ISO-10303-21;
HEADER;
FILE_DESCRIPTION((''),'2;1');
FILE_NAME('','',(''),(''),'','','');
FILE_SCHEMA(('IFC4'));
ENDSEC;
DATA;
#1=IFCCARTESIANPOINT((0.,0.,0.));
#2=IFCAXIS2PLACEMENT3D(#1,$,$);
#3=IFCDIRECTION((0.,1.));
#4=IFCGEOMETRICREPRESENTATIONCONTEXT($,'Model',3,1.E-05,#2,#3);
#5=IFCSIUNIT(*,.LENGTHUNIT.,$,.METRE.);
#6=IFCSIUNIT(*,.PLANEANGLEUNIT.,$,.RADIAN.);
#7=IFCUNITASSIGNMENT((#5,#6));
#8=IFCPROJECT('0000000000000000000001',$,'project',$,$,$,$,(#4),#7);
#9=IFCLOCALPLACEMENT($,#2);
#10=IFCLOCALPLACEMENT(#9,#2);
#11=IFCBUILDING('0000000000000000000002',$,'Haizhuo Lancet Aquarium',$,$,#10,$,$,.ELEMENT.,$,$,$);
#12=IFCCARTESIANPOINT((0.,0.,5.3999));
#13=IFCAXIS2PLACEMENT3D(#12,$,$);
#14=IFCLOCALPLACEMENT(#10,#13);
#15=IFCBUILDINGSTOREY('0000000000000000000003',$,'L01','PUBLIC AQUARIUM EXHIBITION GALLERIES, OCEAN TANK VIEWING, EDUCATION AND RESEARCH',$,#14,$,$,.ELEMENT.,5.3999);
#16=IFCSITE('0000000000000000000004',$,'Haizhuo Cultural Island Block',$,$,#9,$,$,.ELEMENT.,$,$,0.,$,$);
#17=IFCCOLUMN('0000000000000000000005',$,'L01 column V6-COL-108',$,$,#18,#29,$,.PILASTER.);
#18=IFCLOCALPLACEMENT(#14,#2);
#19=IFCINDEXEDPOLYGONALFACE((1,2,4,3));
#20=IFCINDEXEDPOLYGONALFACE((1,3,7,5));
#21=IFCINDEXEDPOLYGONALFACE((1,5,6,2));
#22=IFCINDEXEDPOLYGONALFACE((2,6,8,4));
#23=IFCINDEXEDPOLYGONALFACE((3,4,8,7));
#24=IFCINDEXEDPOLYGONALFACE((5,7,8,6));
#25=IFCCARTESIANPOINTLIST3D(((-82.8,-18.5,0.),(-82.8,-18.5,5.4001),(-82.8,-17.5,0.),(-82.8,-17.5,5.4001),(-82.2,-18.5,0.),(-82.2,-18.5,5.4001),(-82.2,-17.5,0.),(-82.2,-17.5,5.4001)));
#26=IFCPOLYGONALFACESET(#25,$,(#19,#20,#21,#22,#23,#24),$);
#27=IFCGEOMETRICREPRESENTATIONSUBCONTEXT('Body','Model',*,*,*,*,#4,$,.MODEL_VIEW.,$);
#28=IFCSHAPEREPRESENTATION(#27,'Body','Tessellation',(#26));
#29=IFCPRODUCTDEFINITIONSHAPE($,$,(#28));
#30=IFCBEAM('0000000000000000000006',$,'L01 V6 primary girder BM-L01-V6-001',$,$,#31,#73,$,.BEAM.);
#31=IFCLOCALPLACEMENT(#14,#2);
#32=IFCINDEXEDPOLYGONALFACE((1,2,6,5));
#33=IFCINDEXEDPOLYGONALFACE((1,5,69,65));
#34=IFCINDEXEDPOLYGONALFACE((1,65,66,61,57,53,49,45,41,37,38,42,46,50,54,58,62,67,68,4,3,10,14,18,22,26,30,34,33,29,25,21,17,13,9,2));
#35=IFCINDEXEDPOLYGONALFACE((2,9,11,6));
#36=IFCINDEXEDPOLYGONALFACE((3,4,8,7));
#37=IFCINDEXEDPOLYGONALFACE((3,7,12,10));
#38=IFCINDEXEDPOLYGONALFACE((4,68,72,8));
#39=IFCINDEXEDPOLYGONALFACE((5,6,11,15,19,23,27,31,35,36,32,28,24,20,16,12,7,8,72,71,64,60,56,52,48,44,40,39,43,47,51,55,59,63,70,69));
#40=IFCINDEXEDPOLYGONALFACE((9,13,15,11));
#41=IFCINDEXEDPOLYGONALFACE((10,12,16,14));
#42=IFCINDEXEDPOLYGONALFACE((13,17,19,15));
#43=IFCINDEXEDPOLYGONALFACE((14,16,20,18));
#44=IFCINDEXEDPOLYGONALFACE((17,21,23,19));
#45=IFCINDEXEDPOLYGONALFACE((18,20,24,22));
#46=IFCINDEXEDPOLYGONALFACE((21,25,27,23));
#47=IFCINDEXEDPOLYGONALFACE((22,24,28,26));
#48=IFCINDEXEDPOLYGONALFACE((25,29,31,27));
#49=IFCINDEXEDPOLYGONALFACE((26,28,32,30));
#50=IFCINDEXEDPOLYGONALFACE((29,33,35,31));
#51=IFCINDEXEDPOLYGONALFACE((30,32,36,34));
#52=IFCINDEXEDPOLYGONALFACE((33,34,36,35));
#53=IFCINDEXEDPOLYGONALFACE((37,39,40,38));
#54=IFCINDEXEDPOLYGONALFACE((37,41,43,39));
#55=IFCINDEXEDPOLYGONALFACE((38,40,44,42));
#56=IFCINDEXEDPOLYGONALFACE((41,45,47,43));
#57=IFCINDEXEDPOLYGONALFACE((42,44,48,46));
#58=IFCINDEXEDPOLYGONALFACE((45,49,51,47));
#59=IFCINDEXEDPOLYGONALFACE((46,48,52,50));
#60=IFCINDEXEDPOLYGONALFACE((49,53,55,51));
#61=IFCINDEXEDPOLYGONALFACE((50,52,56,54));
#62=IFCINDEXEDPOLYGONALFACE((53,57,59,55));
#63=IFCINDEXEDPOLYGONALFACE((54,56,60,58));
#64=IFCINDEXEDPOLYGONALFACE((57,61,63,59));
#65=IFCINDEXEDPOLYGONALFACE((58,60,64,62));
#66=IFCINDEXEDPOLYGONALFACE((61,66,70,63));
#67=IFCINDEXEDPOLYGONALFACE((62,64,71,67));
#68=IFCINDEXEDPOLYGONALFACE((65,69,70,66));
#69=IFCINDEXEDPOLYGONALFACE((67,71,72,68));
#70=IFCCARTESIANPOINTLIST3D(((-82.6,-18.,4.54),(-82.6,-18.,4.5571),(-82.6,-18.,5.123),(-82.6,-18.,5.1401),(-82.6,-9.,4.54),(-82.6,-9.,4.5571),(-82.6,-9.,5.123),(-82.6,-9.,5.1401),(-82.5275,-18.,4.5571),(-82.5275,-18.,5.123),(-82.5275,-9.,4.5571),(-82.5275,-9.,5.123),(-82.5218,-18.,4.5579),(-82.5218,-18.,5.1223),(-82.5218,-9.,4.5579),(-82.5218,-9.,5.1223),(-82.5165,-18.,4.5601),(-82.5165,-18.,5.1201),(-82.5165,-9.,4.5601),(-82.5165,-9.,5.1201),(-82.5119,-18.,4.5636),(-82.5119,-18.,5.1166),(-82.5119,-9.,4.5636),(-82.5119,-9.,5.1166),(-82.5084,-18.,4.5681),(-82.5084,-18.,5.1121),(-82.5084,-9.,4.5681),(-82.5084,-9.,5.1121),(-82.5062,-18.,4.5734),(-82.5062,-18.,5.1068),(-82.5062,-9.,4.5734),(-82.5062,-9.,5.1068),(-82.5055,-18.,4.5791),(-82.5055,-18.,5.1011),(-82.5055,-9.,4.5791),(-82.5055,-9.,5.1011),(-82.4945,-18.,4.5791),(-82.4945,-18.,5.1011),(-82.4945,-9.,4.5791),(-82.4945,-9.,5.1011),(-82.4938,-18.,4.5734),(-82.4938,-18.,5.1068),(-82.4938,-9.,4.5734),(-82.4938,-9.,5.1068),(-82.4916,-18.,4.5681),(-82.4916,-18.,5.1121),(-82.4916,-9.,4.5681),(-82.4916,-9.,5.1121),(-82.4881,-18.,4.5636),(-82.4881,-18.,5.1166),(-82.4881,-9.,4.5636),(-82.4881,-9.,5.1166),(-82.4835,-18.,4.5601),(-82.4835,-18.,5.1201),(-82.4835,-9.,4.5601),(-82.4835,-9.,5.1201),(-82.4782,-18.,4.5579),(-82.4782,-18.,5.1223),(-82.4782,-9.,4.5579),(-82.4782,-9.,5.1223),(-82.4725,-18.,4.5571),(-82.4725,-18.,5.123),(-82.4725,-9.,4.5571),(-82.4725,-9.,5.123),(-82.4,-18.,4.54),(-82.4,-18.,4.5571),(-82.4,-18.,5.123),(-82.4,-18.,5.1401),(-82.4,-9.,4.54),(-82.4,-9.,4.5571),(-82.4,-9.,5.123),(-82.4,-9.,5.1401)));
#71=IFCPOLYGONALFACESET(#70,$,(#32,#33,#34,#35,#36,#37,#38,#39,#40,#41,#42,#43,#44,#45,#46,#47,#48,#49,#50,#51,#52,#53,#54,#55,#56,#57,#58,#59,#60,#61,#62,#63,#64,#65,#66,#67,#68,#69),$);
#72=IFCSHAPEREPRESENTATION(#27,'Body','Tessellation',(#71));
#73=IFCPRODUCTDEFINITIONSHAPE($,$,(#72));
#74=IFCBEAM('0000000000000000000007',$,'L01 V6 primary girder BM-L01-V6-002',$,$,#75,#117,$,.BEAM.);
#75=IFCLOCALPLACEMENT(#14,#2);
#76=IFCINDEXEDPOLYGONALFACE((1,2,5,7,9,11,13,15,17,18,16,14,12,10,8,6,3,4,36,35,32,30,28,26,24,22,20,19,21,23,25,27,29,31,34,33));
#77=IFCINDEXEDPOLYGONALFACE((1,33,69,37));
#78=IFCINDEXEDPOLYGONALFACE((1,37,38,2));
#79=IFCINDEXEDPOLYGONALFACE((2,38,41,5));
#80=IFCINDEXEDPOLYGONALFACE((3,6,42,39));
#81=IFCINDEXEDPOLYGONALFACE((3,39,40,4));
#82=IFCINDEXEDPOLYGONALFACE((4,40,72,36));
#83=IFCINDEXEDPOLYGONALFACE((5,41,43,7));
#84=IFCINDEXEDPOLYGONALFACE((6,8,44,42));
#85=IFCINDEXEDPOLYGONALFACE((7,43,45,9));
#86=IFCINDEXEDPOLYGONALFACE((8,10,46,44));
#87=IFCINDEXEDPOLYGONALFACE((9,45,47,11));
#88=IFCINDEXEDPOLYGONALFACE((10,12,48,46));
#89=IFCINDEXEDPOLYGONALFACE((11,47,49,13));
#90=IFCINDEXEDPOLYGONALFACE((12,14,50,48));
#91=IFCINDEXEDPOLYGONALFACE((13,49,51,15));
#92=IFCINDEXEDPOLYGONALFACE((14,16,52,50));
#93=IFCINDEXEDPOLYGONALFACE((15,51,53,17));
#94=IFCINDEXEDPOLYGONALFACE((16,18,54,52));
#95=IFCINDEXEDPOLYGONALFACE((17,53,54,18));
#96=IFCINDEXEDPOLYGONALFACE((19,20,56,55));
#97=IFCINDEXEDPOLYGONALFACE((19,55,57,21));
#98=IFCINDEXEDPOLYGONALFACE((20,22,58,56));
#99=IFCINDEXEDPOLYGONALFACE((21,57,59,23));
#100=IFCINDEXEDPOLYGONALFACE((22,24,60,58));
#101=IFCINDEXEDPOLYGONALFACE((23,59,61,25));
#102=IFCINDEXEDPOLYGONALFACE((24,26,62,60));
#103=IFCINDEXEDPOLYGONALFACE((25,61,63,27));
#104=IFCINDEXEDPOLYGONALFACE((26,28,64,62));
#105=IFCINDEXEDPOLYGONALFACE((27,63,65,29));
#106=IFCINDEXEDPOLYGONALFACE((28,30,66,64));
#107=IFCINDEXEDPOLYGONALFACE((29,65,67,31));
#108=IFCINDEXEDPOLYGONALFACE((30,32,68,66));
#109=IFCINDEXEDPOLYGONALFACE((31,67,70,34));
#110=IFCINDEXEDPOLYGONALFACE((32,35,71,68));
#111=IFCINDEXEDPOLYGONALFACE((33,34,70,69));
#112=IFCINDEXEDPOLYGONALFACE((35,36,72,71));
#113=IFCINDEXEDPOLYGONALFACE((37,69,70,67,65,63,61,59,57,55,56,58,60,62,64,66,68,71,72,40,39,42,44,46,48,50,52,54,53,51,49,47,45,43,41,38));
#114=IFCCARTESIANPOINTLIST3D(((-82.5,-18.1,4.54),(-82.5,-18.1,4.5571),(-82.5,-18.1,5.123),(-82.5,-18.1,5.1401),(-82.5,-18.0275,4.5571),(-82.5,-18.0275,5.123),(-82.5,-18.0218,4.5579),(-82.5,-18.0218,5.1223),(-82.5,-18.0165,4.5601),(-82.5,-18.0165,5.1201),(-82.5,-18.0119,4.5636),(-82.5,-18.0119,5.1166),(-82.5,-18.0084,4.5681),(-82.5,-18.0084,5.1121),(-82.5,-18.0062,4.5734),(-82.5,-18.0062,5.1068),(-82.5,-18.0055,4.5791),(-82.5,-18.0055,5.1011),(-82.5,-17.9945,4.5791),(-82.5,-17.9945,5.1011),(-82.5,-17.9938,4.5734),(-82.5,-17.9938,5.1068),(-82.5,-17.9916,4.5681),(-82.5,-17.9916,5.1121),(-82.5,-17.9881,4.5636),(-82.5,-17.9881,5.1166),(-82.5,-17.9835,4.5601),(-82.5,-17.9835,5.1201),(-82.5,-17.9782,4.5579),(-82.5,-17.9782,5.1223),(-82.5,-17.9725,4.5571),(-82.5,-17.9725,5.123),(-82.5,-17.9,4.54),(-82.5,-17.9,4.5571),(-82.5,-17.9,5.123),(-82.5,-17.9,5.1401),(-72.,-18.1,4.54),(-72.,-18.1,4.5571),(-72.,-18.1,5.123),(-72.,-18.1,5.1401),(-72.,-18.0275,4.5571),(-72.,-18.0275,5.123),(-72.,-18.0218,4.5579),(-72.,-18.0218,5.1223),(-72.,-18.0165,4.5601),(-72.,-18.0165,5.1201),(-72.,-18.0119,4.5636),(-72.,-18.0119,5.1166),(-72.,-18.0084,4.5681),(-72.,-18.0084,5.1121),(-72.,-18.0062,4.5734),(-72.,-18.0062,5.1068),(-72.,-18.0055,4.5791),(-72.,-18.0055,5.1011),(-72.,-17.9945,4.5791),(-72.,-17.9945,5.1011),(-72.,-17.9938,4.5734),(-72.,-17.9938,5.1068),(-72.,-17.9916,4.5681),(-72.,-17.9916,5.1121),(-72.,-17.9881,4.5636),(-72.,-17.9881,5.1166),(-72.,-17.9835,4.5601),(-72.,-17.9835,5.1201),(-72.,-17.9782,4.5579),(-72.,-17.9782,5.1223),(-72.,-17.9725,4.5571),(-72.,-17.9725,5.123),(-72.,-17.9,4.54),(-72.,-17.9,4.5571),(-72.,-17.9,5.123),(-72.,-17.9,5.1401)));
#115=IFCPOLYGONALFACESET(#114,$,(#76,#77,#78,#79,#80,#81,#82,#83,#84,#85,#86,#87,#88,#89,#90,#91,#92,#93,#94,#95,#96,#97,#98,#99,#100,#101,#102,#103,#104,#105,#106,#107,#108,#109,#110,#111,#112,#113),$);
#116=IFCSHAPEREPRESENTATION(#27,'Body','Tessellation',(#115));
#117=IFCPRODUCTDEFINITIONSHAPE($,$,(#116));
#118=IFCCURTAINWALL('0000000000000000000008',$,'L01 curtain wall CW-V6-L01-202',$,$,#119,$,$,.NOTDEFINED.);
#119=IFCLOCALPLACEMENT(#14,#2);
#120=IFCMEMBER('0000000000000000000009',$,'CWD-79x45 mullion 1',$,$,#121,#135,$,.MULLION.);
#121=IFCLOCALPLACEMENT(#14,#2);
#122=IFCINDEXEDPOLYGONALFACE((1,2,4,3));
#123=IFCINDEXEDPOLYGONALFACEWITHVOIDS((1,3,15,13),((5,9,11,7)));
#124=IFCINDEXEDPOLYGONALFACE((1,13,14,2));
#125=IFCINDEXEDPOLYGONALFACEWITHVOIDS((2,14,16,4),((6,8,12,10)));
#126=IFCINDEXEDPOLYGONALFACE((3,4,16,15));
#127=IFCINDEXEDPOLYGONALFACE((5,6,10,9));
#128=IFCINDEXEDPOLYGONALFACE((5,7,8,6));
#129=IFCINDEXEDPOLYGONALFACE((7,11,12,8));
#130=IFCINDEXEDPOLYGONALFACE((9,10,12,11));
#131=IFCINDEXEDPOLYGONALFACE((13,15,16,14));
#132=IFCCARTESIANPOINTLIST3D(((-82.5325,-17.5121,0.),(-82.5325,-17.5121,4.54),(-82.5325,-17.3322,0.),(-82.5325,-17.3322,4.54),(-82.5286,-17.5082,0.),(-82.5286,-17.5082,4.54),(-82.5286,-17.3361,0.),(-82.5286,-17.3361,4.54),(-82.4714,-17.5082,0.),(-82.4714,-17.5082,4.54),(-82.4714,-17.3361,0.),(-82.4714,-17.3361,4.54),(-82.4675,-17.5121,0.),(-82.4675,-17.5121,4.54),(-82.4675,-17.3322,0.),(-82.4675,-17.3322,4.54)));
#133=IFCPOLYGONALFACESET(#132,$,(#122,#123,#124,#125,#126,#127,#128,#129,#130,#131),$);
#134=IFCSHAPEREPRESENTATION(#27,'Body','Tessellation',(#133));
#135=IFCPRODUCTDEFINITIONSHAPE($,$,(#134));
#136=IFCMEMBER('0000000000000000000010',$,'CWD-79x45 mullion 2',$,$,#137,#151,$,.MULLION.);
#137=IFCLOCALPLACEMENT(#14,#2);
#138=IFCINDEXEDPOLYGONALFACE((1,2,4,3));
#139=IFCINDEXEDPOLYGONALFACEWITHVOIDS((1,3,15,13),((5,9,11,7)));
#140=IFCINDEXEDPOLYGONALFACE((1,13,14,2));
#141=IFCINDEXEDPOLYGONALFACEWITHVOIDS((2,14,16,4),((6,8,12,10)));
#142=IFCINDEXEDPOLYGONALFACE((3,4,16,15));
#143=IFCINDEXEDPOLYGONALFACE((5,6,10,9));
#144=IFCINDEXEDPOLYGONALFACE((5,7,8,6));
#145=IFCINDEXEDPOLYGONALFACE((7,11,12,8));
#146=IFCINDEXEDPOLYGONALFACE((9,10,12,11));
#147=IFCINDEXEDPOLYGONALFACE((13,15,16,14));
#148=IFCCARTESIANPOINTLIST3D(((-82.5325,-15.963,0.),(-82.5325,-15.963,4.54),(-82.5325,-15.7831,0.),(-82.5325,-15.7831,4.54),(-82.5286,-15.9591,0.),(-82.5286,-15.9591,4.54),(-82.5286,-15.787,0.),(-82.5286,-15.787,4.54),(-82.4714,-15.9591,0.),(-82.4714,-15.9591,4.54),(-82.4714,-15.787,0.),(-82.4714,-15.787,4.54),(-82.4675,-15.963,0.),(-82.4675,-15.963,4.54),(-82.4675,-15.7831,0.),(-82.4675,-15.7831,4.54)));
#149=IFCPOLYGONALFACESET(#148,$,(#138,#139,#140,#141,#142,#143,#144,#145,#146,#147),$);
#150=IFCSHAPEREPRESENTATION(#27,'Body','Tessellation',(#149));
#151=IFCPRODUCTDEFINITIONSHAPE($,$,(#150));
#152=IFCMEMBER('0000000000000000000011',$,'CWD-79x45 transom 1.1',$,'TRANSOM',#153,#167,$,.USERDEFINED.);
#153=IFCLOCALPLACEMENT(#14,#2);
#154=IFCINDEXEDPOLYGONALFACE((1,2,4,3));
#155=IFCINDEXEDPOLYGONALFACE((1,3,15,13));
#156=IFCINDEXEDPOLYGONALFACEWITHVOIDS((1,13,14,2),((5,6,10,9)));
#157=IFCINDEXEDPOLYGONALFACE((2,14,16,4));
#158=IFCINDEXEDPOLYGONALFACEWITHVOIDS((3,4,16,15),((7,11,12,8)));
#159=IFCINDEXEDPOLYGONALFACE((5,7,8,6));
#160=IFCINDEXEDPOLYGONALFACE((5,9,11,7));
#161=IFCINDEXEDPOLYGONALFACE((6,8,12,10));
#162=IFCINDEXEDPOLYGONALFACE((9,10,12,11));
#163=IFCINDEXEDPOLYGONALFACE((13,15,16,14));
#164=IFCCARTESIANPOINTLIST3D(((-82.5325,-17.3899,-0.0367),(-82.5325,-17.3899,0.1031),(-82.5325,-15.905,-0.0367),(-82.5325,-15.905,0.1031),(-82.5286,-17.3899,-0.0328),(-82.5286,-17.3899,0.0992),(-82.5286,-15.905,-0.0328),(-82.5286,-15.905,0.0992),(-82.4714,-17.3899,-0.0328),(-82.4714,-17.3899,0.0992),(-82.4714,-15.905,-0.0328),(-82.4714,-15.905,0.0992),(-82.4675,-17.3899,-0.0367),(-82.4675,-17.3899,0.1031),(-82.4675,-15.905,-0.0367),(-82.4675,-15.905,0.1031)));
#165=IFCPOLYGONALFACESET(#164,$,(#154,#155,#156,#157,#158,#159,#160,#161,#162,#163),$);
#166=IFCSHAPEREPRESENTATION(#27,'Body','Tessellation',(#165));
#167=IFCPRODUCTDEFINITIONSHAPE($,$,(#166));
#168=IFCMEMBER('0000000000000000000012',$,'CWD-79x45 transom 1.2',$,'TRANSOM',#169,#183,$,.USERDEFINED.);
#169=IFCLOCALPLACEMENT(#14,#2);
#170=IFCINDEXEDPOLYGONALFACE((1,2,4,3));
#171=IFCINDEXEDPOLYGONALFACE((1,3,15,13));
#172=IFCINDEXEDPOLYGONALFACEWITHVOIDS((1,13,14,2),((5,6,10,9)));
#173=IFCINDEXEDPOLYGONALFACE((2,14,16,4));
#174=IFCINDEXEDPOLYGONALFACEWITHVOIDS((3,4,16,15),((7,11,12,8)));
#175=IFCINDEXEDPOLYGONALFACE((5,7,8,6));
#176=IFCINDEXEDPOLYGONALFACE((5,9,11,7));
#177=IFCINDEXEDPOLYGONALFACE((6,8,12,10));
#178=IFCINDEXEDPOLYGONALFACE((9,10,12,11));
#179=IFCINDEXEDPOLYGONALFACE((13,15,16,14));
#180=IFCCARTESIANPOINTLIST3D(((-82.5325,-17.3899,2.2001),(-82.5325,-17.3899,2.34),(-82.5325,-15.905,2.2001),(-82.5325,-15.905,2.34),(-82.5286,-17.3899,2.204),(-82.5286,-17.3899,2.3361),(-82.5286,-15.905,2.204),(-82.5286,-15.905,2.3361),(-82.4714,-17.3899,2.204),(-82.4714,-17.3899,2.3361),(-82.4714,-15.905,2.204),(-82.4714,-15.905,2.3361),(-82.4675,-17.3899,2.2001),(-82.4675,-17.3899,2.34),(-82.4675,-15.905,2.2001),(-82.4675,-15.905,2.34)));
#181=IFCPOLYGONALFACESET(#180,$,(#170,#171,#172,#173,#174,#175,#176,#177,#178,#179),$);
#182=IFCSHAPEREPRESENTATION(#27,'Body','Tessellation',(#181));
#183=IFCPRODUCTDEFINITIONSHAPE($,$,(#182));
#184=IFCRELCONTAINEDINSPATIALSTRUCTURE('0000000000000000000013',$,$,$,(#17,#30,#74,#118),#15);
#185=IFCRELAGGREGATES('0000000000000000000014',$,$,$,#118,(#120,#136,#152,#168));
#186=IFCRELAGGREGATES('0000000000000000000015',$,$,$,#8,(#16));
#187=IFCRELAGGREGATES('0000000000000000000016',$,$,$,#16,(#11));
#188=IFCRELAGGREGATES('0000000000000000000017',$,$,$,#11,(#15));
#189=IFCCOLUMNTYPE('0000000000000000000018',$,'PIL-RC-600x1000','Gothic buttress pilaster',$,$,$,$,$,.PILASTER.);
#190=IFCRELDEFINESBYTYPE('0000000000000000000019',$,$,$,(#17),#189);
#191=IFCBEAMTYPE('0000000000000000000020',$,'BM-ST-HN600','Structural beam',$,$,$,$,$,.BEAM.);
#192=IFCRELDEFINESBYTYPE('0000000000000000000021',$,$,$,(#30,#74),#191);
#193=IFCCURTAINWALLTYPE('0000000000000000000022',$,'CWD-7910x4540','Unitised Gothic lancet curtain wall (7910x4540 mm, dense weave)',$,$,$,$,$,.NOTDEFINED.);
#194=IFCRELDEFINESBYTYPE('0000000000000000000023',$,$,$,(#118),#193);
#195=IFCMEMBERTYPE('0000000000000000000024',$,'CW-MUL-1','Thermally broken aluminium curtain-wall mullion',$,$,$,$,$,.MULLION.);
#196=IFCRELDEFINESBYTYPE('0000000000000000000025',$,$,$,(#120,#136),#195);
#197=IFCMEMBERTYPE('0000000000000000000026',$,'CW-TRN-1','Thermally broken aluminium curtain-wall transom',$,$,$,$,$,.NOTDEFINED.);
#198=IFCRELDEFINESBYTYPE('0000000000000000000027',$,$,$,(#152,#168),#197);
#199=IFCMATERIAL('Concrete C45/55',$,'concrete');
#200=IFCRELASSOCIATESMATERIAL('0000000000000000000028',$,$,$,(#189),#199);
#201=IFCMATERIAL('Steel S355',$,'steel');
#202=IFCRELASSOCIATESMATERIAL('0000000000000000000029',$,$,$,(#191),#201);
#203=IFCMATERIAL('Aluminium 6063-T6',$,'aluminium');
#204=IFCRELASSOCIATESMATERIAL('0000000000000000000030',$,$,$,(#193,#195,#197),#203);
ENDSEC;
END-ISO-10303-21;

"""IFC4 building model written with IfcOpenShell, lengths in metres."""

from ifc_helpers import new_model, si_unit, direction, frame, origin, origin_2d, place, context, subcontext, project, spatial, rectangle, hollow_rectangle, i_section, extrude, material, material_profile, profile_set, type_object, element, aggregate, save


model = new_model("IFC4")

# Units and contexts
model_context = context("Model", 3, precision=1e-05, world=origin(), true_north=direction((0.0, 1.0)))
body_context = subcontext(model_context, "Body", "Model", "MODEL_VIEW")
ifc_project = project(units=[si_unit("LENGTHUNIT", "METRE"), si_unit("PLANEANGLEUNIT", "RADIAN")], contexts=[model_context])

# Site, building, storey
site_placement = place(None, origin())
site = spatial("IfcSite", under=ifc_project, at=site_placement, Name="Haizhuo Cultural Island Block", CompositionType="ELEMENT", RefElevation=0.0)
building_placement = place(site_placement, origin())
building = spatial("IfcBuilding", under=site, at=building_placement, Name="Haizhuo Lancet Aquarium", CompositionType="ELEMENT")
storey_placement = place(building_placement, frame((0.0, 0.0, 5.3999)))
storey = spatial("IfcBuildingStorey", under=building, at=storey_placement, Name="L01", Description="PUBLIC AQUARIUM EXHIBITION GALLERIES, OCEAN TANK VIEWING, EDUCATION AND RESEARCH", CompositionType="ELEMENT", Elevation=5.3999)

# Column
ifc_material_1 = material(Name="Concrete C45/55", Category="concrete")
ifc_material_profile_1 = material_profile(ifc_material_1, rectangle(XDim=0.6001, YDim=1.0, at=origin_2d()), Name="RC-PIL 600x1000")
ifc_profile_set_1 = profile_set([ifc_material_profile_1], Name="Concrete C45/55")
column_type = type_object("IfcColumnType", Name="PIL-RC-600x1000", Description="Gothic buttress pilaster", PredefinedType="PILASTER", material=ifc_profile_set_1)
column_placement = place(storey_placement, frame((-82.5, -18.0, 0.0), z_axis=(0.0, 0.0, 1.0), x_axis=(1.0, 0.0, 0.0)))
element("IfcColumn", 1, at=column_placement, inside=storey, type_object=column_type, Name="L01 column V6-COL-108", PredefinedType="PILASTER", context=body_context, shape_type="SweptSolid", body=[
    extrude(rectangle(XDim=0.6001, YDim=1.0, at=origin_2d()), origin(), (0.0, 0.0, 1.0), 5.4001),
])

# Beams
ifc_material_2 = material(Name="Steel S355", Category="steel")
ifc_material_profile_2 = material_profile(ifc_material_2, i_section(OverallWidth=0.2, OverallDepth=0.6001, WebThickness=0.011, FlangeThickness=0.0171, FilletRadius=0.022, at=origin_2d()), Name="HN 600x200x11x17")
ifc_profile_set_2 = profile_set([ifc_material_profile_2], Name="Steel S355")
beam_type = type_object("IfcBeamType", Name="BM-ST-HN600", Description="Structural beam", PredefinedType="BEAM", material=ifc_profile_set_2)
beam_1_placement = place(storey_placement, frame((-82.5, -18.0, 4.8401), z_axis=(0.0, 1.0, 0.0), x_axis=(-1.0, 0.0, 0.0)))
element("IfcBeam", 2, at=beam_1_placement, inside=storey, type_object=beam_type, Name="L01 V6 primary girder BM-L01-V6-001", PredefinedType="BEAM", context=body_context, shape_type="SweptSolid", body=[
    extrude(i_section(OverallWidth=0.2, OverallDepth=0.6001, WebThickness=0.011, FlangeThickness=0.0171, FilletRadius=0.022, at=origin_2d()), origin(), (0.0, 0.0, 1.0), 9.0),
])
beam_2_placement = place(storey_placement, frame((-82.5, -18.0, 4.8401), z_axis=(1.0, 0.0, 0.0), x_axis=(0.0, 1.0, 0.0)))
element("IfcBeam", 3, at=beam_2_placement, inside=storey, type_object=beam_type, Name="L01 V6 primary girder BM-L01-V6-002", PredefinedType="BEAM", context=body_context, shape_type="SweptSolid", body=[
    extrude(i_section(OverallWidth=0.2, OverallDepth=0.6001, WebThickness=0.011, FlangeThickness=0.0171, FilletRadius=0.022, at=origin_2d()), origin(), (0.0, 0.0, 1.0), 10.5),
])

# Curtain wall, members
ifc_material_3 = material(Name="Aluminium 6063-T6", Category="aluminium")
curtain_wall_type = type_object("IfcCurtainWallType", Name="CWD-7910x4540", Description="Unitised Gothic lancet curtain wall (7910x4540 mm, dense weave)", PredefinedType="NOTDEFINED", material=ifc_material_3)
curtain_wall_placement = place(storey_placement, origin())
curtain_wall = element("IfcCurtainWall", 4, at=curtain_wall_placement, inside=storey, type_object=curtain_wall_type, Name="L01 curtain wall CW-V6-L01-202", PredefinedType="NOTDEFINED")
ifc_material_profile_3 = material_profile(ifc_material_3, hollow_rectangle(XDim=0.0649, YDim=0.1799, WallThickness=0.0039, at=origin_2d()), Name="ALU-M 65x180x4")
ifc_profile_set_3 = profile_set([ifc_material_profile_3], Name="Aluminium 6063-T6")
member_type_1 = type_object("IfcMemberType", Name="CW-MUL-1", Description="Thermally broken aluminium curtain-wall mullion", PredefinedType="MULLION", material=ifc_profile_set_3)
member_1_placement = place(storey_placement, frame((-82.5, -17.4221, 0.0), z_axis=(0.0, 0.0, 1.0), x_axis=(-1.0, 0.0, 0.0)))
member_1 = element("IfcMember", 5, at=member_1_placement, type_object=member_type_1, Name="CWD-79x45 mullion 1", PredefinedType="MULLION", context=body_context, shape_type="SweptSolid", body=[
    extrude(hollow_rectangle(XDim=0.0649, YDim=0.1799, WallThickness=0.0039, at=origin_2d()), origin(), (0.0, 0.0, 1.0), 4.54),
])
member_2_placement = place(storey_placement, frame((-82.5, -15.873, 0.0), z_axis=(0.0, 0.0, 1.0), x_axis=(-1.0, 0.0, 0.0)))
member_2 = element("IfcMember", 6, at=member_2_placement, type_object=member_type_1, Name="CWD-79x45 mullion 2", PredefinedType="MULLION", context=body_context, shape_type="SweptSolid", body=[
    extrude(hollow_rectangle(XDim=0.0649, YDim=0.1799, WallThickness=0.0039, at=origin_2d()), origin(), (0.0, 0.0, 1.0), 4.54),
])
ifc_material_profile_4 = material_profile(ifc_material_3, hollow_rectangle(XDim=0.0649, YDim=0.1399, WallThickness=0.0039, at=origin_2d()), Name="ALU-T 65x140x4")
ifc_profile_set_4 = profile_set([ifc_material_profile_4], Name="Aluminium 6063-T6")
member_type_2 = type_object("IfcMemberType", Name="CW-TRN-1", Description="Thermally broken aluminium curtain-wall transom", PredefinedType="NOTDEFINED", material=ifc_profile_set_4)
member_3_placement = place(storey_placement, frame((-82.5, -17.3899, 0.0332), z_axis=(0.0, 1.0, 0.0), x_axis=(-1.0, 0.0, 0.0)))
member_3 = element("IfcMember", 7, at=member_3_placement, type_object=member_type_2, Name="CWD-79x45 transom 1.1", ObjectType="TRANSOM", PredefinedType="USERDEFINED", context=body_context, shape_type="SweptSolid", body=[
    extrude(hollow_rectangle(XDim=0.0649, YDim=0.1399, WallThickness=0.0039, at=origin_2d()), origin(), (0.0, 0.0, 1.0), 1.4849),
])
member_4_placement = place(storey_placement, frame((-82.5, -17.3899, 2.27), z_axis=(0.0, 1.0, 0.0), x_axis=(-1.0, 0.0, 0.0)))
member_4 = element("IfcMember", 8, at=member_4_placement, type_object=member_type_2, Name="CWD-79x45 transom 1.2", ObjectType="TRANSOM", PredefinedType="USERDEFINED", context=body_context, shape_type="SweptSolid", body=[
    extrude(hollow_rectangle(XDim=0.0649, YDim=0.1399, WallThickness=0.0039, at=origin_2d()), origin(), (0.0, 0.0, 1.0), 1.4849),
])

aggregate(curtain_wall, [member_1, member_2, member_3, member_4])

save(model, "model.ifc")
